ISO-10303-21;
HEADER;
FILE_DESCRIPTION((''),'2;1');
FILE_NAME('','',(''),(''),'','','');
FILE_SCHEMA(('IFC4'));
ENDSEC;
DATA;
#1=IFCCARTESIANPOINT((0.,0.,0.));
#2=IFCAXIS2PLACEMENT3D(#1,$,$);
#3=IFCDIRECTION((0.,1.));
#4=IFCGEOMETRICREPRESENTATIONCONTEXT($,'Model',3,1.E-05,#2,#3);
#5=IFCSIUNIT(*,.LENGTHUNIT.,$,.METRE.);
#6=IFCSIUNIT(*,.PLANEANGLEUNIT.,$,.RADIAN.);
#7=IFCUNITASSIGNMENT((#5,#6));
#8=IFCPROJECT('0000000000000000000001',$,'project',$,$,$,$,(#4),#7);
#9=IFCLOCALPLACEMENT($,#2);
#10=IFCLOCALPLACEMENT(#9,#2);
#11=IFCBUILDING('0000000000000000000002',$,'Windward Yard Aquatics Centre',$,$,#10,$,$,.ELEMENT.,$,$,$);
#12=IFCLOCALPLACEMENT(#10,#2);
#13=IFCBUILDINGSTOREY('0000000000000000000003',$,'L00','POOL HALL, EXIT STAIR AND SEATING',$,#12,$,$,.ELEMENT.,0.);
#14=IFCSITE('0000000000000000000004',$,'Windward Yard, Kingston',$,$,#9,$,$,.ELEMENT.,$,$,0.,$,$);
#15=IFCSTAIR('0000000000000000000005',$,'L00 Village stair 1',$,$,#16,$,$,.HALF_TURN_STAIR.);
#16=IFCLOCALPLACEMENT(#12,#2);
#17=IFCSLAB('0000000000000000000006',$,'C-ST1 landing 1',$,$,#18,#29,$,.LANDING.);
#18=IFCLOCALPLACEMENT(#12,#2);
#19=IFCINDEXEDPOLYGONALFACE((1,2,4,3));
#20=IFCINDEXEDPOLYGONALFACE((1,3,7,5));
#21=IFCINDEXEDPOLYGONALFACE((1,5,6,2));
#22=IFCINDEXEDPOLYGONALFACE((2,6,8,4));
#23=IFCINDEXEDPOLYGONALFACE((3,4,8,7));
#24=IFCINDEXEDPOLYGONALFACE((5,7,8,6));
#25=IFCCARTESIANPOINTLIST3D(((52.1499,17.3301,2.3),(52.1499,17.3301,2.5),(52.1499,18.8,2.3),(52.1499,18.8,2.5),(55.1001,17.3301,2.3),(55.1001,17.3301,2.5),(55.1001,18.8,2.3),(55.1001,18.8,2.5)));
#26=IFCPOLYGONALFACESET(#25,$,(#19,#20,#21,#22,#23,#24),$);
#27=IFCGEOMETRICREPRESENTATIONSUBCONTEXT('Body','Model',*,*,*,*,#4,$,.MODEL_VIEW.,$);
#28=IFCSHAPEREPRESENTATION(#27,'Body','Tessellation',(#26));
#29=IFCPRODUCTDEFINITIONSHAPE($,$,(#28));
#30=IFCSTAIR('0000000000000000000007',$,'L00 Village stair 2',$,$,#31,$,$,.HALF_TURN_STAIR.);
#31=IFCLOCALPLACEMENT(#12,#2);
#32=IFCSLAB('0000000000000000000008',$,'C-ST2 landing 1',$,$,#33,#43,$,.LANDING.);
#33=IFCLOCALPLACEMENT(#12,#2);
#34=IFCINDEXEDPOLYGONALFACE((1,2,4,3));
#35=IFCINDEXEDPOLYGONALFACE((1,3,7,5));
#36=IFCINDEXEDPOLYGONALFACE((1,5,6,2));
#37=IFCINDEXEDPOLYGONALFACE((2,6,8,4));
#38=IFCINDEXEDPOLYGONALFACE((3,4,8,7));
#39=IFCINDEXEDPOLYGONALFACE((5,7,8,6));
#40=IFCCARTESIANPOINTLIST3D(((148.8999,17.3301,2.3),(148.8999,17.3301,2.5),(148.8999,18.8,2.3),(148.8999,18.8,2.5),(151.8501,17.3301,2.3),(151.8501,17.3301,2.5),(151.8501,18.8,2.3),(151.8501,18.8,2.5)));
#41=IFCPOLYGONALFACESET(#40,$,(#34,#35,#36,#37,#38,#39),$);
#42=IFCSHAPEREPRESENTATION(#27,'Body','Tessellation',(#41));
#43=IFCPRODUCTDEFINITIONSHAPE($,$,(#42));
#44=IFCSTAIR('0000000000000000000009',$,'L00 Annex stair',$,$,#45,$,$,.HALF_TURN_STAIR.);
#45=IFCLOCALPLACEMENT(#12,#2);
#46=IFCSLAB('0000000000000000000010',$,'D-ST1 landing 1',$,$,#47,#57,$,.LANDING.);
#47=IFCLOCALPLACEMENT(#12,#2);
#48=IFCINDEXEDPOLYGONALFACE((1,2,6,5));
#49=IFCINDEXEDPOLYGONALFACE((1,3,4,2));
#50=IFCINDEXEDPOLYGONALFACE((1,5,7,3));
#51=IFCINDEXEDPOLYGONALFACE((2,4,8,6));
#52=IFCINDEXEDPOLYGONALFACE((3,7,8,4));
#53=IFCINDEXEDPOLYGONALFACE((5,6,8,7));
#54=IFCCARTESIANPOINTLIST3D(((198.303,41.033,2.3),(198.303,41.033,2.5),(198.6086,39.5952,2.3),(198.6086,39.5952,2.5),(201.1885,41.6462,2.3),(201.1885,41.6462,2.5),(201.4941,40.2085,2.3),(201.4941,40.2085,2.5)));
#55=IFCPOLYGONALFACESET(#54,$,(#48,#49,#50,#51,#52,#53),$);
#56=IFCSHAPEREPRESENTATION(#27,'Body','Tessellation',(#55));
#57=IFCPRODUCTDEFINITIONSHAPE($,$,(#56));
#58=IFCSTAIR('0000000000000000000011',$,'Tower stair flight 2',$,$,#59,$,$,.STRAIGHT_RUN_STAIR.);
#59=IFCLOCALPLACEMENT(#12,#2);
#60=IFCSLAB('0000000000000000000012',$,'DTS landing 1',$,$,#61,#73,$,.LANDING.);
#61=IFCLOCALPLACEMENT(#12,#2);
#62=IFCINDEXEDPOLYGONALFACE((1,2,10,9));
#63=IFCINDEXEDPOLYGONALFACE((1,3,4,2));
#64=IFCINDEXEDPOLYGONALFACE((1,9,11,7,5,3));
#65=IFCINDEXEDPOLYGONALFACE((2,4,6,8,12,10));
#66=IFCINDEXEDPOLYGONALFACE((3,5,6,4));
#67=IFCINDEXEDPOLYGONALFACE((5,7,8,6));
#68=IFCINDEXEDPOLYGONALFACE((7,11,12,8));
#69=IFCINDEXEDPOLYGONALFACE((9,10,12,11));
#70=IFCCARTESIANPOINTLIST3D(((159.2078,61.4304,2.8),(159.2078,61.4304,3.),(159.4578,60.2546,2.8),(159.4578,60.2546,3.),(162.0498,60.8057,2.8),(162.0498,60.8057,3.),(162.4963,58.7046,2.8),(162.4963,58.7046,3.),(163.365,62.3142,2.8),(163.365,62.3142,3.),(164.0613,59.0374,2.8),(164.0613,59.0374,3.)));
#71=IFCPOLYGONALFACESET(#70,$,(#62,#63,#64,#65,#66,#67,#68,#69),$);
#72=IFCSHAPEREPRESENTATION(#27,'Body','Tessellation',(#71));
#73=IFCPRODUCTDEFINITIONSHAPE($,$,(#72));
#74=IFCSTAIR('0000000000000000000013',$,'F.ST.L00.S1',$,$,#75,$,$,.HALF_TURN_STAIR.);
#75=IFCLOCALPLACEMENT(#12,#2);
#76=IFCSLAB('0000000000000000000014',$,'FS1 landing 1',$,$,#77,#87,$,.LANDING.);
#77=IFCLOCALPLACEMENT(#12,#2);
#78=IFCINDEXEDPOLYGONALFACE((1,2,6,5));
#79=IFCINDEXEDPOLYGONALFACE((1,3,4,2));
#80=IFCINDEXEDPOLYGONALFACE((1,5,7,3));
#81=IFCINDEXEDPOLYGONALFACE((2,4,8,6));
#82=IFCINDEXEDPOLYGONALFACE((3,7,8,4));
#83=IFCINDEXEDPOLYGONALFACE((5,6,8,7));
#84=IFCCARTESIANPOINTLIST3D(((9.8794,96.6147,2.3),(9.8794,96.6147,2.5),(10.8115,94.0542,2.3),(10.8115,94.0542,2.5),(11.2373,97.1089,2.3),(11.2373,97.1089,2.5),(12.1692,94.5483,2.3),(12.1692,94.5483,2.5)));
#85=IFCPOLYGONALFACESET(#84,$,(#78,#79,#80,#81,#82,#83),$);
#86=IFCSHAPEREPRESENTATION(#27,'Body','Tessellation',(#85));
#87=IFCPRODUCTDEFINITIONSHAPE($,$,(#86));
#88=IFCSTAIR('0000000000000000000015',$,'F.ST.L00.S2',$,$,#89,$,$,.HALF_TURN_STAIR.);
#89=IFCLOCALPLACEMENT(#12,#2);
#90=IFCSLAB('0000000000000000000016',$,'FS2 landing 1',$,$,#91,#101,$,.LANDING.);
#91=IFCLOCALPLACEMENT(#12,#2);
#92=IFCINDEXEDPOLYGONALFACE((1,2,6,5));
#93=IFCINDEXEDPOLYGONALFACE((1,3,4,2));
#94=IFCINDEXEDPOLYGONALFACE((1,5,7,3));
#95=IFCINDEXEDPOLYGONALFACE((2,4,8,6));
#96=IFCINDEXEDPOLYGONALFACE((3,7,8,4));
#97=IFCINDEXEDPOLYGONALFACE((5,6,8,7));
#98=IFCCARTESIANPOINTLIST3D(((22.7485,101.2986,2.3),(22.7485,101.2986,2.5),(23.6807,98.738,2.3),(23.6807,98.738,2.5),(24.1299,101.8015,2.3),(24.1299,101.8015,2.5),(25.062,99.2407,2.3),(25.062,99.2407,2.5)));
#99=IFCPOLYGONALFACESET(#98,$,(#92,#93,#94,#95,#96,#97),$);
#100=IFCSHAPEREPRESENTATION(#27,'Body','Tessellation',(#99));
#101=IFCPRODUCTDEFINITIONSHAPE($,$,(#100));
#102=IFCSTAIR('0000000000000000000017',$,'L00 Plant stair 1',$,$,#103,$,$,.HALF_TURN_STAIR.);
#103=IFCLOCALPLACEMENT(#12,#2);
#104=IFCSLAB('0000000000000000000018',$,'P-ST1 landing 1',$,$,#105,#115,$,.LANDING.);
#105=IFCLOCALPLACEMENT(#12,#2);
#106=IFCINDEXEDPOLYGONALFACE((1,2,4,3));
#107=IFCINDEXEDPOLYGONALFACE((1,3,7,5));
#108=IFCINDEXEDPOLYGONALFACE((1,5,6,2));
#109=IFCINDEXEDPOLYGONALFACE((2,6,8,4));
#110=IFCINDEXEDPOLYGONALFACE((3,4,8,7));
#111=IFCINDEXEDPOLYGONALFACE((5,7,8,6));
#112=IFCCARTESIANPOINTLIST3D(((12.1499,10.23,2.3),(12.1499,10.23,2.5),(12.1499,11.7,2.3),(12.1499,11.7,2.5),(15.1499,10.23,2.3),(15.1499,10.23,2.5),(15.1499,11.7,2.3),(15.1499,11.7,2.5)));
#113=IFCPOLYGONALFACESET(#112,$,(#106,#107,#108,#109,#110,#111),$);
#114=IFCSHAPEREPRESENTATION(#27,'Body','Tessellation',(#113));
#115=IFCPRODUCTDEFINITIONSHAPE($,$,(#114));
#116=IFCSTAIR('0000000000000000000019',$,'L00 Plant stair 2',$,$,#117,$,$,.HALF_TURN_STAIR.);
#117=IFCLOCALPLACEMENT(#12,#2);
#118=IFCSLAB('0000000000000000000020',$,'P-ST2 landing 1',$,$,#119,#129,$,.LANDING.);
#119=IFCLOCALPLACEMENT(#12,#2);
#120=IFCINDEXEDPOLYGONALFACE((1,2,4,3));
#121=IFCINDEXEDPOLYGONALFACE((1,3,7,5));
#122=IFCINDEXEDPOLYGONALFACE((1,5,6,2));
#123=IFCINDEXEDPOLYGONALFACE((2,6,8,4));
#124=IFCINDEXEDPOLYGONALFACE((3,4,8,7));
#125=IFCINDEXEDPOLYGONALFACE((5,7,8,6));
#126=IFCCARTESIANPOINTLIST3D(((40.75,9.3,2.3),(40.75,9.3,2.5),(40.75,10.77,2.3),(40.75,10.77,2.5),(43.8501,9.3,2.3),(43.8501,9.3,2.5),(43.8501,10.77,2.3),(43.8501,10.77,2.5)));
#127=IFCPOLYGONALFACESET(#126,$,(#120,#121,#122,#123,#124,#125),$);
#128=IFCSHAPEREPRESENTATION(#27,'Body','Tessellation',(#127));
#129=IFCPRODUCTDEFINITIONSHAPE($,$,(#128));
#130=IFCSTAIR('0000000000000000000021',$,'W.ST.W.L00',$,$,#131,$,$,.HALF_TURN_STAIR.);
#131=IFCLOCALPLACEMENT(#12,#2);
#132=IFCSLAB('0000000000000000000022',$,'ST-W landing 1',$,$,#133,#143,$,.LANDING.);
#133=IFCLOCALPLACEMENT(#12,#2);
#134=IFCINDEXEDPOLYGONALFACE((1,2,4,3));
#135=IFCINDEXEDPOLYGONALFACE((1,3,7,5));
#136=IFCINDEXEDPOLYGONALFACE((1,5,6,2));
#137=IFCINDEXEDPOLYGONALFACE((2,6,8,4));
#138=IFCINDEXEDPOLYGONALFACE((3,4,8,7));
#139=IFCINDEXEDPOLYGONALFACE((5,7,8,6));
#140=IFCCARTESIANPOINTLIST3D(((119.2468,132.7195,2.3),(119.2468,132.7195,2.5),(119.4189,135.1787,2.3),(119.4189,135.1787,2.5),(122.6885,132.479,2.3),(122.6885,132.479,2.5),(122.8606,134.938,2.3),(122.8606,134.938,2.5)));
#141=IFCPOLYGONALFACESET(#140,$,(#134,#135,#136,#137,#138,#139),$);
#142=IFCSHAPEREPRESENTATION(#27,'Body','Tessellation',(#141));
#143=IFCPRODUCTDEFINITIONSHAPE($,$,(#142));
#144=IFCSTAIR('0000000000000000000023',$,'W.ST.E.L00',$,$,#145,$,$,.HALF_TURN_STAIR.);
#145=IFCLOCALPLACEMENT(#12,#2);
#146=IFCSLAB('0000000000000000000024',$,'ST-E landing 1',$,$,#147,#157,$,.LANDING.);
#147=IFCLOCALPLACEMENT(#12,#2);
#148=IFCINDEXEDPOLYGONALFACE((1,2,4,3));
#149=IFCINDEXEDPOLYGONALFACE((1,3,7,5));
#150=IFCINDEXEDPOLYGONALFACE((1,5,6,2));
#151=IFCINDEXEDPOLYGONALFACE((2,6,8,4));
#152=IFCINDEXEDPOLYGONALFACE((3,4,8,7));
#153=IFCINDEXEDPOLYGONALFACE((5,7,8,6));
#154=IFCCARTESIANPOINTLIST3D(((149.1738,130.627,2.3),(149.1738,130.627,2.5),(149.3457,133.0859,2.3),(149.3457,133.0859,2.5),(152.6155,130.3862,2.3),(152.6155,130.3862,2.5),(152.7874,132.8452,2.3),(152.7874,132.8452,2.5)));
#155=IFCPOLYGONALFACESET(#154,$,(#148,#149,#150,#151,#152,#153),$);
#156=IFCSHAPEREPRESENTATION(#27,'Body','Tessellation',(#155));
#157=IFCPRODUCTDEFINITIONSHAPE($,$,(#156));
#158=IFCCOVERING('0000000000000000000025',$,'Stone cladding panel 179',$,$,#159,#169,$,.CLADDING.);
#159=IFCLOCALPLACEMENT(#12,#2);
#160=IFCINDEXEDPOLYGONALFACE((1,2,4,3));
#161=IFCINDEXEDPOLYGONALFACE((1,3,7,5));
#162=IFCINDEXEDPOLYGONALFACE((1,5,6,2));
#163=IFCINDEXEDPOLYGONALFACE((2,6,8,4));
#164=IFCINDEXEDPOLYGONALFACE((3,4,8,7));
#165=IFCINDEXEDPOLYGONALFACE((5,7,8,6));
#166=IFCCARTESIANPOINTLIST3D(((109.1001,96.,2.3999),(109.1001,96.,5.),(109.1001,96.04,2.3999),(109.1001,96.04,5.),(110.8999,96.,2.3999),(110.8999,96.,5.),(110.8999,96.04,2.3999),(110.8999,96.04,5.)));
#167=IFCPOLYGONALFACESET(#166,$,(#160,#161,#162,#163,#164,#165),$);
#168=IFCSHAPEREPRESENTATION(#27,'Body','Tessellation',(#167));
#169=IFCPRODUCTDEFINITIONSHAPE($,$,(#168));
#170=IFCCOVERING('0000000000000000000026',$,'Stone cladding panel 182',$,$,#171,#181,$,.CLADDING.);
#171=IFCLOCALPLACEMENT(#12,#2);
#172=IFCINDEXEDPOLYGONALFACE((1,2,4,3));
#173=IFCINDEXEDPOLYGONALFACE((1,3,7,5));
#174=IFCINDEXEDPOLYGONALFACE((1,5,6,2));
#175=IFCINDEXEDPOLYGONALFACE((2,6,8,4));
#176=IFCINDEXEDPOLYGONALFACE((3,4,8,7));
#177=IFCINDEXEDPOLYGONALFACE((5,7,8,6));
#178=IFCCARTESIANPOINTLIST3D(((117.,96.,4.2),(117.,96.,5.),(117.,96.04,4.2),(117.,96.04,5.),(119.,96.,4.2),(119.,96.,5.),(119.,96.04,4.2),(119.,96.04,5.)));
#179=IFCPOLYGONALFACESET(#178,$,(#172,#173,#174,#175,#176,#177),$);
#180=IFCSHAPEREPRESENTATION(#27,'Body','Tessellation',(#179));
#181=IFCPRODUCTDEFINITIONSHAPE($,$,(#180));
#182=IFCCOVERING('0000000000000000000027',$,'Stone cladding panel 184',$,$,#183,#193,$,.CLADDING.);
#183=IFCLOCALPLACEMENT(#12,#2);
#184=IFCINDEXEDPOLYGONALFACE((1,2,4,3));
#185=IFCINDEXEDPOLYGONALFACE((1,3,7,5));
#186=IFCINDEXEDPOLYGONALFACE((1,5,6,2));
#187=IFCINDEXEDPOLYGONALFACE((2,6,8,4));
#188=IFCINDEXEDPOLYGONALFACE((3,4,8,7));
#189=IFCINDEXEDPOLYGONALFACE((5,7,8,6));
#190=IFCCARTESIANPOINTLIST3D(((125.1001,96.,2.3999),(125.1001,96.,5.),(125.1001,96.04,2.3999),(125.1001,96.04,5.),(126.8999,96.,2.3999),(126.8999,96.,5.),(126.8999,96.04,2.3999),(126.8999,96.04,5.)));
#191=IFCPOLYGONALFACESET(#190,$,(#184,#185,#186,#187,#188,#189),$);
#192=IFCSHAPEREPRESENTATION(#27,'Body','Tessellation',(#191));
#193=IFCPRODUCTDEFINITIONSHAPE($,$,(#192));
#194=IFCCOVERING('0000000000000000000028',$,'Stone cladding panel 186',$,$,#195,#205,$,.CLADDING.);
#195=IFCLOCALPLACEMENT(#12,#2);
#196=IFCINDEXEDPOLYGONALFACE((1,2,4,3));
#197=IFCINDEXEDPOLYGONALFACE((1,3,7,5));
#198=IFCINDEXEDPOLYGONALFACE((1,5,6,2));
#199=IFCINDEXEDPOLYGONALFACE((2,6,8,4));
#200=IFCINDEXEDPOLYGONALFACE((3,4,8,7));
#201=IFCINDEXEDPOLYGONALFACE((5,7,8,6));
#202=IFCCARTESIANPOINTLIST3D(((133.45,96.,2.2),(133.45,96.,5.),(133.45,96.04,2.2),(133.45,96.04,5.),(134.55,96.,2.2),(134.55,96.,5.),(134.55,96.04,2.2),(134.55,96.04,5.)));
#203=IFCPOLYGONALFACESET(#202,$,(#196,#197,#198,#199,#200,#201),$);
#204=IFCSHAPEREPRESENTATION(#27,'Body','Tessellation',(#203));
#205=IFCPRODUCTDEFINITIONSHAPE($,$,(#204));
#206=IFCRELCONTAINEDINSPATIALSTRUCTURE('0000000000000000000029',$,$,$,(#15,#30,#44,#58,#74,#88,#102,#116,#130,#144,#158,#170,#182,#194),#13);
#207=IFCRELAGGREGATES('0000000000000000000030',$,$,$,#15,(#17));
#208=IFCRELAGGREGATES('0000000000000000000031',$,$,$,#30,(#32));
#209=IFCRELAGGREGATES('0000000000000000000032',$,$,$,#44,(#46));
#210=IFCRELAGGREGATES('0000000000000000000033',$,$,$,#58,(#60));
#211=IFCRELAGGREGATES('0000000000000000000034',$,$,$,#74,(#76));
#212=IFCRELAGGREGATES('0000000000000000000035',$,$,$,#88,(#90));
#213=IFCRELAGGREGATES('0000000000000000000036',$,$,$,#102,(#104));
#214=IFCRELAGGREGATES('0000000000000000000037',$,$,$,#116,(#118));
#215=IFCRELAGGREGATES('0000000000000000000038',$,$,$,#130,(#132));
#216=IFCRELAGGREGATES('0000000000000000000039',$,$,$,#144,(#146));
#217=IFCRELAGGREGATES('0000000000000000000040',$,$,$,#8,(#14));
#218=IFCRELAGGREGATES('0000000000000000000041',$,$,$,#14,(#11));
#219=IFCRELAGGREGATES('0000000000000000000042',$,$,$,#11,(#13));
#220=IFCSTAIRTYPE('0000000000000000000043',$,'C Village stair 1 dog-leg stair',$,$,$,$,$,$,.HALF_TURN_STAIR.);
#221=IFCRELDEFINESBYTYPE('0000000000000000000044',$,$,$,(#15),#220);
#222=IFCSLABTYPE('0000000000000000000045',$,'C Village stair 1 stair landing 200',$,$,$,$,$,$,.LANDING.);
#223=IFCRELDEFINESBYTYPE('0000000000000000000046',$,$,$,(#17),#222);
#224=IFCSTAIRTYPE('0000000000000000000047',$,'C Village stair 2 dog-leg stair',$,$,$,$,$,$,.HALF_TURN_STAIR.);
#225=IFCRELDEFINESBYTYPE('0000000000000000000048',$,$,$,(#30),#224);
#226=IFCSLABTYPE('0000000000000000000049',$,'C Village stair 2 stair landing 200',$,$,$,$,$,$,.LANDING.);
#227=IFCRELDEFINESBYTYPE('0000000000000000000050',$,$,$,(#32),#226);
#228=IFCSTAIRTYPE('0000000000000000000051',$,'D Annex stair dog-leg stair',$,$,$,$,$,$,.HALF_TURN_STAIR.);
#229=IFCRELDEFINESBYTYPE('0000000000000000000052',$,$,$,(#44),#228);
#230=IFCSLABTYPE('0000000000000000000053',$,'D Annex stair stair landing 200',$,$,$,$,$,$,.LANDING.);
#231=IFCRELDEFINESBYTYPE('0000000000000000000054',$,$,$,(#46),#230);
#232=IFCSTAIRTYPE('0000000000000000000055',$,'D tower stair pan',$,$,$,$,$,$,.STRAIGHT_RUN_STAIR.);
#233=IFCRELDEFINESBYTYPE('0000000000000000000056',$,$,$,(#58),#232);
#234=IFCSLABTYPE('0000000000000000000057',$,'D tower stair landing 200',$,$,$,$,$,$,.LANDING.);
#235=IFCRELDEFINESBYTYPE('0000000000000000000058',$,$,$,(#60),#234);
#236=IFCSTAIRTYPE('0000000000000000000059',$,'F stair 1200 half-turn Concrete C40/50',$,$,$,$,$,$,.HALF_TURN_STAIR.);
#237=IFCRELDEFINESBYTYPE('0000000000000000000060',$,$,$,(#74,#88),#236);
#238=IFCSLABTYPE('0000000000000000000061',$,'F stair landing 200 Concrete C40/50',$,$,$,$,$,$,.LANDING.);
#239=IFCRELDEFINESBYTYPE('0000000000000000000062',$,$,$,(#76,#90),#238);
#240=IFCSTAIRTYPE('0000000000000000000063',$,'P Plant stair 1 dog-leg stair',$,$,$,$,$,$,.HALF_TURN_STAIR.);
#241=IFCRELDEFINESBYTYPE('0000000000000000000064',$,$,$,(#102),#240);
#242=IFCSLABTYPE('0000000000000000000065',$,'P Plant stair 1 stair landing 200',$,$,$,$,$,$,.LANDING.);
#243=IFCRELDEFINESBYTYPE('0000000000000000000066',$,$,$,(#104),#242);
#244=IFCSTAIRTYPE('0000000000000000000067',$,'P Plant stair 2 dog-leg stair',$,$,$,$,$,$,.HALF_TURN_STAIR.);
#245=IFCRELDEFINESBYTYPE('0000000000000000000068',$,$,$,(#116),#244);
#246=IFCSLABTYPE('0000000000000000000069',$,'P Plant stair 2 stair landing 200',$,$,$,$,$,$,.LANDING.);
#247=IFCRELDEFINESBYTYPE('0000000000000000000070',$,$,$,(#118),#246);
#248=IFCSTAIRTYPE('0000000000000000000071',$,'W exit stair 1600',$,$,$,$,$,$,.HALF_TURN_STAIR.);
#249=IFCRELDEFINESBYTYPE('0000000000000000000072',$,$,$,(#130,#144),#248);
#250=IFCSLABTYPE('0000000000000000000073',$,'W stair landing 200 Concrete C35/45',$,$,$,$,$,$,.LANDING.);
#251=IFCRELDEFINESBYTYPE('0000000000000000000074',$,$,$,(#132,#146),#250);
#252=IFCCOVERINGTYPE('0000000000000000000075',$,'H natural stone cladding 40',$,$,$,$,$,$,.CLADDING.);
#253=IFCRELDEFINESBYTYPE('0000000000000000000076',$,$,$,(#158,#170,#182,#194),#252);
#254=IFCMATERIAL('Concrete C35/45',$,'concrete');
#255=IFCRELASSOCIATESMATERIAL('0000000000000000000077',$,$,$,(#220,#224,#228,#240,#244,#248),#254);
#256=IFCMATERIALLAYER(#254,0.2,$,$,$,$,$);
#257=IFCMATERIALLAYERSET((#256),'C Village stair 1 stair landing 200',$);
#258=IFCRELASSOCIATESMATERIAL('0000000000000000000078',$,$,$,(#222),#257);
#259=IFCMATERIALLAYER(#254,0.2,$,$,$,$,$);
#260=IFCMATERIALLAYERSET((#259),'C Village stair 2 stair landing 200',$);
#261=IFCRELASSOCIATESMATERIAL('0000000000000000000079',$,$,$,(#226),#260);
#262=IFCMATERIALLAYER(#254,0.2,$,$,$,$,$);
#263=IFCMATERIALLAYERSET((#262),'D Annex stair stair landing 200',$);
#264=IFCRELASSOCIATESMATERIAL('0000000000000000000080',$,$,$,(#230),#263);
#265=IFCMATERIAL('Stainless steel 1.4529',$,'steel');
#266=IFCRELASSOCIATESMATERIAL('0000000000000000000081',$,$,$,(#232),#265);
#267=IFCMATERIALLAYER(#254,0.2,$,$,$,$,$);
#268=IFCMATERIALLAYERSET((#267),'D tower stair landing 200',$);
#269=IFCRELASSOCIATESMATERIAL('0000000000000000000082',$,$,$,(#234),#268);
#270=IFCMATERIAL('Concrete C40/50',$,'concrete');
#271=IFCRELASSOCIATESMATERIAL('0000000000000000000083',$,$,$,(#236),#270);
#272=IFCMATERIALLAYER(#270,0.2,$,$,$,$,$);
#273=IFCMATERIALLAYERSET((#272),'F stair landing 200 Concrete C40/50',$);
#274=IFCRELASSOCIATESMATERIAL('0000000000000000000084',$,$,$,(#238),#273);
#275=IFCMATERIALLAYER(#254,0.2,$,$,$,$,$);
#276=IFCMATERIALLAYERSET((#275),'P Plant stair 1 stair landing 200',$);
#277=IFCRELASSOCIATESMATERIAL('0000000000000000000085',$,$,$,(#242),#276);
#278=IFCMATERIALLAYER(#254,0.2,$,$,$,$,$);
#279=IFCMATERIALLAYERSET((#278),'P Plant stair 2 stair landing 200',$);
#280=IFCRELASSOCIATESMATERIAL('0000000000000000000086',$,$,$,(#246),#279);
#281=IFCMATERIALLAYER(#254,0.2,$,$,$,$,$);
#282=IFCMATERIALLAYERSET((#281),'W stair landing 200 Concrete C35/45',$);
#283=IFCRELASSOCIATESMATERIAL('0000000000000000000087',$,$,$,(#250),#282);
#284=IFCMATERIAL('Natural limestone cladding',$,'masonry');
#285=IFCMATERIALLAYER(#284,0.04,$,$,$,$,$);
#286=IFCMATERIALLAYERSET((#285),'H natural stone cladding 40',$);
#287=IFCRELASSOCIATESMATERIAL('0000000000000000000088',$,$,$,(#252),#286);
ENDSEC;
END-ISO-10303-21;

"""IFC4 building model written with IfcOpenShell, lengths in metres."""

from ifc_helpers import new_model, si_unit, direction, frame, origin, place, context, subcontext, project, spatial, polyline, outline, extrude, material, layer, layer_set, type_object, element, aggregate, save


model = new_model("IFC4")

# Units and contexts
model_context = context("Model", 3, precision=1e-05, world=origin(), true_north=direction((0.0, 1.0)))
body_context = subcontext(model_context, "Body", "Model", "MODEL_VIEW")
ifc_project = project(units=[si_unit("LENGTHUNIT", "METRE"), si_unit("PLANEANGLEUNIT", "RADIAN")], contexts=[model_context])

# Site, building, storey
site_placement = place(None, origin())
site = spatial("IfcSite", under=ifc_project, at=site_placement, Name="Windward Yard, Kingston", CompositionType="ELEMENT", RefElevation=0.0)
building_placement = place(site_placement, origin())
building = spatial("IfcBuilding", under=site, at=building_placement, Name="Windward Yard Aquatics Centre", CompositionType="ELEMENT")
storey_placement = place(building_placement, origin())
storey = spatial("IfcBuildingStorey", under=building, at=storey_placement, Name="L00", Description="POOL HALL, EXIT STAIR AND SEATING", CompositionType="ELEMENT", Elevation=0.0)

# Stairs, slabs
ifc_material_1 = material(Name="Concrete C35/45", Category="concrete")
stair_type_1 = type_object("IfcStairType", Name="C Village stair 1 dog-leg stair", PredefinedType="HALF_TURN_STAIR", material=ifc_material_1)
stair_1_placement = place(storey_placement, origin())
stair_1 = element("IfcStair", 1, at=stair_1_placement, inside=storey, type_object=stair_type_1, Name="L00 Village stair 1", PredefinedType="HALF_TURN_STAIR")
ifc_layer_1 = layer(ifc_material_1, 0.2)
ifc_layer_set_1 = layer_set([ifc_layer_1], Name="C Village stair 1 stair landing 200")
slab_type_1 = type_object("IfcSlabType", Name="C Village stair 1 stair landing 200", PredefinedType="LANDING", material=ifc_layer_set_1)
slab_1_placement = place(storey_placement, frame((0.0, 0.0, 2.3)))
slab_1 = element("IfcSlab", 2, at=slab_1_placement, type_object=slab_type_1, Name="C-ST1 landing 1", PredefinedType="LANDING", context=body_context, shape_type="SweptSolid", body=[
    extrude(outline(polyline([(52.1499, 17.3301), (55.1001, 17.3301), (55.1001, 18.8), (52.1499, 18.8), (52.1499, 17.3301)])), origin(), (0.0, 0.0, 1.0), 0.2),
])
aggregate(stair_1, [slab_1])
stair_type_2 = type_object("IfcStairType", Name="C Village stair 2 dog-leg stair", PredefinedType="HALF_TURN_STAIR", material=ifc_material_1)
stair_2_placement = place(storey_placement, origin())
stair_2 = element("IfcStair", 3, at=stair_2_placement, inside=storey, type_object=stair_type_2, Name="L00 Village stair 2", PredefinedType="HALF_TURN_STAIR")
ifc_layer_2 = layer(ifc_material_1, 0.2)
ifc_layer_set_2 = layer_set([ifc_layer_2], Name="C Village stair 2 stair landing 200")
slab_type_2 = type_object("IfcSlabType", Name="C Village stair 2 stair landing 200", PredefinedType="LANDING", material=ifc_layer_set_2)
slab_2_placement = place(storey_placement, frame((0.0, 0.0, 2.3)))
slab_2 = element("IfcSlab", 4, at=slab_2_placement, type_object=slab_type_2, Name="C-ST2 landing 1", PredefinedType="LANDING", context=body_context, shape_type="SweptSolid", body=[
    extrude(outline(polyline([(148.8999, 17.3301), (151.8501, 17.3301), (151.8501, 18.8), (148.8999, 18.8), (148.8999, 17.3301)])), origin(), (0.0, 0.0, 1.0), 0.2),
])
aggregate(stair_2, [slab_2])
stair_type_3 = type_object("IfcStairType", Name="D Annex stair dog-leg stair", PredefinedType="HALF_TURN_STAIR", material=ifc_material_1)
stair_3_placement = place(storey_placement, origin())
stair_3 = element("IfcStair", 5, at=stair_3_placement, inside=storey, type_object=stair_type_3, Name="L00 Annex stair", PredefinedType="HALF_TURN_STAIR")
ifc_layer_3 = layer(ifc_material_1, 0.2)
ifc_layer_set_3 = layer_set([ifc_layer_3], Name="D Annex stair stair landing 200")
slab_type_3 = type_object("IfcSlabType", Name="D Annex stair stair landing 200", PredefinedType="LANDING", material=ifc_layer_set_3)
slab_3_placement = place(storey_placement, frame((0.0, 0.0, 2.3)))
slab_3 = element("IfcSlab", 6, at=slab_3_placement, type_object=slab_type_3, Name="D-ST1 landing 1", PredefinedType="LANDING", context=body_context, shape_type="SweptSolid", body=[
    extrude(outline(polyline([(198.303, 41.033), (198.6086, 39.5952), (201.4941, 40.2085), (201.1885, 41.6462), (198.303, 41.033)])), origin(), (0.0, 0.0, 1.0), 0.2),
])
aggregate(stair_3, [slab_3])
ifc_material_2 = material(Name="Stainless steel 1.4529", Category="steel")
stair_type_4 = type_object("IfcStairType", Name="D tower stair pan", PredefinedType="STRAIGHT_RUN_STAIR", material=ifc_material_2)
stair_4_placement = place(storey_placement, origin())
stair_4 = element("IfcStair", 7, at=stair_4_placement, inside=storey, type_object=stair_type_4, Name="Tower stair flight 2", PredefinedType="STRAIGHT_RUN_STAIR")
ifc_layer_4 = layer(ifc_material_1, 0.2)
ifc_layer_set_4 = layer_set([ifc_layer_4], Name="D tower stair landing 200")
slab_type_4 = type_object("IfcSlabType", Name="D tower stair landing 200", PredefinedType="LANDING", material=ifc_layer_set_4)
slab_4_placement = place(storey_placement, frame((0.0, 0.0, 2.8)))
slab_4 = element("IfcSlab", 8, at=slab_4_placement, type_object=slab_type_4, Name="DTS landing 1", PredefinedType="LANDING", context=body_context, shape_type="SweptSolid", body=[
    extrude(outline(polyline([(159.2078, 61.4304), (159.4578, 60.2546), (162.0498, 60.8057), (162.4963, 58.7046), (164.0613, 59.0374), (163.365, 62.3142), (159.2078, 61.4304)])), origin(), (0.0, 0.0, 1.0), 0.2),
])
aggregate(stair_4, [slab_4])
ifc_material_3 = material(Name="Concrete C40/50", Category="concrete")
stair_type_5 = type_object("IfcStairType", Name="F stair 1200 half-turn Concrete C40/50", PredefinedType="HALF_TURN_STAIR", material=ifc_material_3)
stair_5_placement = place(storey_placement, origin())
stair_5 = element("IfcStair", 9, at=stair_5_placement, inside=storey, type_object=stair_type_5, Name="F.ST.L00.S1", PredefinedType="HALF_TURN_STAIR")
ifc_layer_5 = layer(ifc_material_3, 0.2)
ifc_layer_set_5 = layer_set([ifc_layer_5], Name="F stair landing 200 Concrete C40/50")
slab_type_5 = type_object("IfcSlabType", Name="F stair landing 200 Concrete C40/50", PredefinedType="LANDING", material=ifc_layer_set_5)
slab_5_placement = place(storey_placement, frame((0.0, 0.0, 2.3)))
slab_5 = element("IfcSlab", 10, at=slab_5_placement, type_object=slab_type_5, Name="FS1 landing 1", PredefinedType="LANDING", context=body_context, shape_type="SweptSolid", body=[
    extrude(outline(polyline([(9.8794, 96.6147), (10.8115, 94.0542), (12.1692, 94.5483), (11.2373, 97.1089), (9.8794, 96.6147)])), origin(), (0.0, 0.0, 1.0), 0.2),
])
aggregate(stair_5, [slab_5])
stair_6_placement = place(storey_placement, origin())
stair_6 = element("IfcStair", 11, at=stair_6_placement, inside=storey, type_object=stair_type_5, Name="F.ST.L00.S2", PredefinedType="HALF_TURN_STAIR")
slab_6_placement = place(storey_placement, frame((0.0, 0.0, 2.3)))
slab_6 = element("IfcSlab", 12, at=slab_6_placement, type_object=slab_type_5, Name="FS2 landing 1", PredefinedType="LANDING", context=body_context, shape_type="SweptSolid", body=[
    extrude(outline(polyline([(22.7485, 101.2986), (23.6807, 98.738), (25.062, 99.2407), (24.1299, 101.8015), (22.7485, 101.2986)])), origin(), (0.0, 0.0, 1.0), 0.2),
])
aggregate(stair_6, [slab_6])
stair_type_6 = type_object("IfcStairType", Name="P Plant stair 1 dog-leg stair", PredefinedType="HALF_TURN_STAIR", material=ifc_material_1)
stair_7_placement = place(storey_placement, origin())
stair_7 = element("IfcStair", 13, at=stair_7_placement, inside=storey, type_object=stair_type_6, Name="L00 Plant stair 1", PredefinedType="HALF_TURN_STAIR")
ifc_layer_6 = layer(ifc_material_1, 0.2)
ifc_layer_set_6 = layer_set([ifc_layer_6], Name="P Plant stair 1 stair landing 200")
slab_type_6 = type_object("IfcSlabType", Name="P Plant stair 1 stair landing 200", PredefinedType="LANDING", material=ifc_layer_set_6)
slab_7_placement = place(storey_placement, frame((0.0, 0.0, 2.3)))
slab_7 = element("IfcSlab", 14, at=slab_7_placement, type_object=slab_type_6, Name="P-ST1 landing 1", PredefinedType="LANDING", context=body_context, shape_type="SweptSolid", body=[
    extrude(outline(polyline([(12.1499, 10.23), (15.1499, 10.23), (15.1499, 11.7), (12.1499, 11.7), (12.1499, 10.23)])), origin(), (0.0, 0.0, 1.0), 0.2),
])
aggregate(stair_7, [slab_7])
stair_type_7 = type_object("IfcStairType", Name="P Plant stair 2 dog-leg stair", PredefinedType="HALF_TURN_STAIR", material=ifc_material_1)
stair_8_placement = place(storey_placement, origin())
stair_8 = element("IfcStair", 15, at=stair_8_placement, inside=storey, type_object=stair_type_7, Name="L00 Plant stair 2", PredefinedType="HALF_TURN_STAIR")
ifc_layer_7 = layer(ifc_material_1, 0.2)
ifc_layer_set_7 = layer_set([ifc_layer_7], Name="P Plant stair 2 stair landing 200")
slab_type_7 = type_object("IfcSlabType", Name="P Plant stair 2 stair landing 200", PredefinedType="LANDING", material=ifc_layer_set_7)
slab_8_placement = place(storey_placement, frame((0.0, 0.0, 2.3)))
slab_8 = element("IfcSlab", 16, at=slab_8_placement, type_object=slab_type_7, Name="P-ST2 landing 1", PredefinedType="LANDING", context=body_context, shape_type="SweptSolid", body=[
    extrude(outline(polyline([(40.75, 9.3), (43.8501, 9.3), (43.8501, 10.77), (40.75, 10.77), (40.75, 9.3)])), origin(), (0.0, 0.0, 1.0), 0.2),
])
aggregate(stair_8, [slab_8])
stair_type_8 = type_object("IfcStairType", Name="W exit stair 1600", PredefinedType="HALF_TURN_STAIR", material=ifc_material_1)
stair_9_placement = place(storey_placement, origin())
stair_9 = element("IfcStair", 17, at=stair_9_placement, inside=storey, type_object=stair_type_8, Name="W.ST.W.L00", PredefinedType="HALF_TURN_STAIR")
ifc_layer_8 = layer(ifc_material_1, 0.2)
ifc_layer_set_8 = layer_set([ifc_layer_8], Name="W stair landing 200 Concrete C35/45")
slab_type_8 = type_object("IfcSlabType", Name="W stair landing 200 Concrete C35/45", PredefinedType="LANDING", material=ifc_layer_set_8)
slab_9_placement = place(storey_placement, frame((0.0, 0.0, 2.3)))
slab_9 = element("IfcSlab", 18, at=slab_9_placement, type_object=slab_type_8, Name="ST-W landing 1", PredefinedType="LANDING", context=body_context, shape_type="SweptSolid", body=[
    extrude(outline(polyline([(119.2468, 132.7195), (122.6885, 132.479), (122.8606, 134.938), (119.4189, 135.1787), (119.2468, 132.7195)])), origin(), (0.0, 0.0, 1.0), 0.2),
])
aggregate(stair_9, [slab_9])
stair_10_placement = place(storey_placement, origin())
stair_10 = element("IfcStair", 19, at=stair_10_placement, inside=storey, type_object=stair_type_8, Name="W.ST.E.L00", PredefinedType="HALF_TURN_STAIR")
slab_10_placement = place(storey_placement, frame((0.0, 0.0, 2.3)))
slab_10 = element("IfcSlab", 20, at=slab_10_placement, type_object=slab_type_8, Name="ST-E landing 1", PredefinedType="LANDING", context=body_context, shape_type="SweptSolid", body=[
    extrude(outline(polyline([(149.1738, 130.627), (152.6155, 130.3862), (152.7874, 132.8452), (149.3457, 133.0859), (149.1738, 130.627)])), origin(), (0.0, 0.0, 1.0), 0.2),
])
aggregate(stair_10, [slab_10])

# Coverings
ifc_material_4 = material(Name="Natural limestone cladding", Category="masonry")
ifc_layer_9 = layer(ifc_material_4, 0.04)
ifc_layer_set_9 = layer_set([ifc_layer_9], Name="H natural stone cladding 40")
covering_type = type_object("IfcCoveringType", Name="H natural stone cladding 40", PredefinedType="CLADDING", material=ifc_layer_set_9)
covering_1_placement = place(storey_placement, frame((0.0, 0.0, 2.3999)))
element("IfcCovering", 21, at=covering_1_placement, inside=storey, type_object=covering_type, Name="Stone cladding panel 179", PredefinedType="CLADDING", context=body_context, shape_type="SweptSolid", body=[
    extrude(outline(polyline([(109.1001, 96.0), (110.8999, 96.0), (110.8999, 96.04), (109.1001, 96.04), (109.1001, 96.0)])), origin(), (0.0, 0.0, 1.0), 2.6001),
])
covering_2_placement = place(storey_placement, frame((0.0, 0.0, 4.2)))
element("IfcCovering", 22, at=covering_2_placement, inside=storey, type_object=covering_type, Name="Stone cladding panel 182", PredefinedType="CLADDING", context=body_context, shape_type="SweptSolid", body=[
    extrude(outline(polyline([(117.0, 96.0), (119.0, 96.0), (119.0, 96.04), (117.0, 96.04), (117.0, 96.0)])), origin(), (0.0, 0.0, 1.0), 0.8),
])
covering_3_placement = place(storey_placement, frame((0.0, 0.0, 2.3999)))
element("IfcCovering", 23, at=covering_3_placement, inside=storey, type_object=covering_type, Name="Stone cladding panel 184", PredefinedType="CLADDING", context=body_context, shape_type="SweptSolid", body=[
    extrude(outline(polyline([(125.1001, 96.0), (126.8999, 96.0), (126.8999, 96.04), (125.1001, 96.04), (125.1001, 96.0)])), origin(), (0.0, 0.0, 1.0), 2.6001),
])
covering_4_placement = place(storey_placement, frame((0.0, 0.0, 2.2)))
element("IfcCovering", 24, at=covering_4_placement, inside=storey, type_object=covering_type, Name="Stone cladding panel 186", PredefinedType="CLADDING", context=body_context, shape_type="SweptSolid", body=[
    extrude(outline(polyline([(133.45, 96.0), (134.55, 96.0), (134.55, 96.04), (133.45, 96.04), (133.45, 96.0)])), origin(), (0.0, 0.0, 1.0), 2.8),
])

save(model, "model.ifc")
